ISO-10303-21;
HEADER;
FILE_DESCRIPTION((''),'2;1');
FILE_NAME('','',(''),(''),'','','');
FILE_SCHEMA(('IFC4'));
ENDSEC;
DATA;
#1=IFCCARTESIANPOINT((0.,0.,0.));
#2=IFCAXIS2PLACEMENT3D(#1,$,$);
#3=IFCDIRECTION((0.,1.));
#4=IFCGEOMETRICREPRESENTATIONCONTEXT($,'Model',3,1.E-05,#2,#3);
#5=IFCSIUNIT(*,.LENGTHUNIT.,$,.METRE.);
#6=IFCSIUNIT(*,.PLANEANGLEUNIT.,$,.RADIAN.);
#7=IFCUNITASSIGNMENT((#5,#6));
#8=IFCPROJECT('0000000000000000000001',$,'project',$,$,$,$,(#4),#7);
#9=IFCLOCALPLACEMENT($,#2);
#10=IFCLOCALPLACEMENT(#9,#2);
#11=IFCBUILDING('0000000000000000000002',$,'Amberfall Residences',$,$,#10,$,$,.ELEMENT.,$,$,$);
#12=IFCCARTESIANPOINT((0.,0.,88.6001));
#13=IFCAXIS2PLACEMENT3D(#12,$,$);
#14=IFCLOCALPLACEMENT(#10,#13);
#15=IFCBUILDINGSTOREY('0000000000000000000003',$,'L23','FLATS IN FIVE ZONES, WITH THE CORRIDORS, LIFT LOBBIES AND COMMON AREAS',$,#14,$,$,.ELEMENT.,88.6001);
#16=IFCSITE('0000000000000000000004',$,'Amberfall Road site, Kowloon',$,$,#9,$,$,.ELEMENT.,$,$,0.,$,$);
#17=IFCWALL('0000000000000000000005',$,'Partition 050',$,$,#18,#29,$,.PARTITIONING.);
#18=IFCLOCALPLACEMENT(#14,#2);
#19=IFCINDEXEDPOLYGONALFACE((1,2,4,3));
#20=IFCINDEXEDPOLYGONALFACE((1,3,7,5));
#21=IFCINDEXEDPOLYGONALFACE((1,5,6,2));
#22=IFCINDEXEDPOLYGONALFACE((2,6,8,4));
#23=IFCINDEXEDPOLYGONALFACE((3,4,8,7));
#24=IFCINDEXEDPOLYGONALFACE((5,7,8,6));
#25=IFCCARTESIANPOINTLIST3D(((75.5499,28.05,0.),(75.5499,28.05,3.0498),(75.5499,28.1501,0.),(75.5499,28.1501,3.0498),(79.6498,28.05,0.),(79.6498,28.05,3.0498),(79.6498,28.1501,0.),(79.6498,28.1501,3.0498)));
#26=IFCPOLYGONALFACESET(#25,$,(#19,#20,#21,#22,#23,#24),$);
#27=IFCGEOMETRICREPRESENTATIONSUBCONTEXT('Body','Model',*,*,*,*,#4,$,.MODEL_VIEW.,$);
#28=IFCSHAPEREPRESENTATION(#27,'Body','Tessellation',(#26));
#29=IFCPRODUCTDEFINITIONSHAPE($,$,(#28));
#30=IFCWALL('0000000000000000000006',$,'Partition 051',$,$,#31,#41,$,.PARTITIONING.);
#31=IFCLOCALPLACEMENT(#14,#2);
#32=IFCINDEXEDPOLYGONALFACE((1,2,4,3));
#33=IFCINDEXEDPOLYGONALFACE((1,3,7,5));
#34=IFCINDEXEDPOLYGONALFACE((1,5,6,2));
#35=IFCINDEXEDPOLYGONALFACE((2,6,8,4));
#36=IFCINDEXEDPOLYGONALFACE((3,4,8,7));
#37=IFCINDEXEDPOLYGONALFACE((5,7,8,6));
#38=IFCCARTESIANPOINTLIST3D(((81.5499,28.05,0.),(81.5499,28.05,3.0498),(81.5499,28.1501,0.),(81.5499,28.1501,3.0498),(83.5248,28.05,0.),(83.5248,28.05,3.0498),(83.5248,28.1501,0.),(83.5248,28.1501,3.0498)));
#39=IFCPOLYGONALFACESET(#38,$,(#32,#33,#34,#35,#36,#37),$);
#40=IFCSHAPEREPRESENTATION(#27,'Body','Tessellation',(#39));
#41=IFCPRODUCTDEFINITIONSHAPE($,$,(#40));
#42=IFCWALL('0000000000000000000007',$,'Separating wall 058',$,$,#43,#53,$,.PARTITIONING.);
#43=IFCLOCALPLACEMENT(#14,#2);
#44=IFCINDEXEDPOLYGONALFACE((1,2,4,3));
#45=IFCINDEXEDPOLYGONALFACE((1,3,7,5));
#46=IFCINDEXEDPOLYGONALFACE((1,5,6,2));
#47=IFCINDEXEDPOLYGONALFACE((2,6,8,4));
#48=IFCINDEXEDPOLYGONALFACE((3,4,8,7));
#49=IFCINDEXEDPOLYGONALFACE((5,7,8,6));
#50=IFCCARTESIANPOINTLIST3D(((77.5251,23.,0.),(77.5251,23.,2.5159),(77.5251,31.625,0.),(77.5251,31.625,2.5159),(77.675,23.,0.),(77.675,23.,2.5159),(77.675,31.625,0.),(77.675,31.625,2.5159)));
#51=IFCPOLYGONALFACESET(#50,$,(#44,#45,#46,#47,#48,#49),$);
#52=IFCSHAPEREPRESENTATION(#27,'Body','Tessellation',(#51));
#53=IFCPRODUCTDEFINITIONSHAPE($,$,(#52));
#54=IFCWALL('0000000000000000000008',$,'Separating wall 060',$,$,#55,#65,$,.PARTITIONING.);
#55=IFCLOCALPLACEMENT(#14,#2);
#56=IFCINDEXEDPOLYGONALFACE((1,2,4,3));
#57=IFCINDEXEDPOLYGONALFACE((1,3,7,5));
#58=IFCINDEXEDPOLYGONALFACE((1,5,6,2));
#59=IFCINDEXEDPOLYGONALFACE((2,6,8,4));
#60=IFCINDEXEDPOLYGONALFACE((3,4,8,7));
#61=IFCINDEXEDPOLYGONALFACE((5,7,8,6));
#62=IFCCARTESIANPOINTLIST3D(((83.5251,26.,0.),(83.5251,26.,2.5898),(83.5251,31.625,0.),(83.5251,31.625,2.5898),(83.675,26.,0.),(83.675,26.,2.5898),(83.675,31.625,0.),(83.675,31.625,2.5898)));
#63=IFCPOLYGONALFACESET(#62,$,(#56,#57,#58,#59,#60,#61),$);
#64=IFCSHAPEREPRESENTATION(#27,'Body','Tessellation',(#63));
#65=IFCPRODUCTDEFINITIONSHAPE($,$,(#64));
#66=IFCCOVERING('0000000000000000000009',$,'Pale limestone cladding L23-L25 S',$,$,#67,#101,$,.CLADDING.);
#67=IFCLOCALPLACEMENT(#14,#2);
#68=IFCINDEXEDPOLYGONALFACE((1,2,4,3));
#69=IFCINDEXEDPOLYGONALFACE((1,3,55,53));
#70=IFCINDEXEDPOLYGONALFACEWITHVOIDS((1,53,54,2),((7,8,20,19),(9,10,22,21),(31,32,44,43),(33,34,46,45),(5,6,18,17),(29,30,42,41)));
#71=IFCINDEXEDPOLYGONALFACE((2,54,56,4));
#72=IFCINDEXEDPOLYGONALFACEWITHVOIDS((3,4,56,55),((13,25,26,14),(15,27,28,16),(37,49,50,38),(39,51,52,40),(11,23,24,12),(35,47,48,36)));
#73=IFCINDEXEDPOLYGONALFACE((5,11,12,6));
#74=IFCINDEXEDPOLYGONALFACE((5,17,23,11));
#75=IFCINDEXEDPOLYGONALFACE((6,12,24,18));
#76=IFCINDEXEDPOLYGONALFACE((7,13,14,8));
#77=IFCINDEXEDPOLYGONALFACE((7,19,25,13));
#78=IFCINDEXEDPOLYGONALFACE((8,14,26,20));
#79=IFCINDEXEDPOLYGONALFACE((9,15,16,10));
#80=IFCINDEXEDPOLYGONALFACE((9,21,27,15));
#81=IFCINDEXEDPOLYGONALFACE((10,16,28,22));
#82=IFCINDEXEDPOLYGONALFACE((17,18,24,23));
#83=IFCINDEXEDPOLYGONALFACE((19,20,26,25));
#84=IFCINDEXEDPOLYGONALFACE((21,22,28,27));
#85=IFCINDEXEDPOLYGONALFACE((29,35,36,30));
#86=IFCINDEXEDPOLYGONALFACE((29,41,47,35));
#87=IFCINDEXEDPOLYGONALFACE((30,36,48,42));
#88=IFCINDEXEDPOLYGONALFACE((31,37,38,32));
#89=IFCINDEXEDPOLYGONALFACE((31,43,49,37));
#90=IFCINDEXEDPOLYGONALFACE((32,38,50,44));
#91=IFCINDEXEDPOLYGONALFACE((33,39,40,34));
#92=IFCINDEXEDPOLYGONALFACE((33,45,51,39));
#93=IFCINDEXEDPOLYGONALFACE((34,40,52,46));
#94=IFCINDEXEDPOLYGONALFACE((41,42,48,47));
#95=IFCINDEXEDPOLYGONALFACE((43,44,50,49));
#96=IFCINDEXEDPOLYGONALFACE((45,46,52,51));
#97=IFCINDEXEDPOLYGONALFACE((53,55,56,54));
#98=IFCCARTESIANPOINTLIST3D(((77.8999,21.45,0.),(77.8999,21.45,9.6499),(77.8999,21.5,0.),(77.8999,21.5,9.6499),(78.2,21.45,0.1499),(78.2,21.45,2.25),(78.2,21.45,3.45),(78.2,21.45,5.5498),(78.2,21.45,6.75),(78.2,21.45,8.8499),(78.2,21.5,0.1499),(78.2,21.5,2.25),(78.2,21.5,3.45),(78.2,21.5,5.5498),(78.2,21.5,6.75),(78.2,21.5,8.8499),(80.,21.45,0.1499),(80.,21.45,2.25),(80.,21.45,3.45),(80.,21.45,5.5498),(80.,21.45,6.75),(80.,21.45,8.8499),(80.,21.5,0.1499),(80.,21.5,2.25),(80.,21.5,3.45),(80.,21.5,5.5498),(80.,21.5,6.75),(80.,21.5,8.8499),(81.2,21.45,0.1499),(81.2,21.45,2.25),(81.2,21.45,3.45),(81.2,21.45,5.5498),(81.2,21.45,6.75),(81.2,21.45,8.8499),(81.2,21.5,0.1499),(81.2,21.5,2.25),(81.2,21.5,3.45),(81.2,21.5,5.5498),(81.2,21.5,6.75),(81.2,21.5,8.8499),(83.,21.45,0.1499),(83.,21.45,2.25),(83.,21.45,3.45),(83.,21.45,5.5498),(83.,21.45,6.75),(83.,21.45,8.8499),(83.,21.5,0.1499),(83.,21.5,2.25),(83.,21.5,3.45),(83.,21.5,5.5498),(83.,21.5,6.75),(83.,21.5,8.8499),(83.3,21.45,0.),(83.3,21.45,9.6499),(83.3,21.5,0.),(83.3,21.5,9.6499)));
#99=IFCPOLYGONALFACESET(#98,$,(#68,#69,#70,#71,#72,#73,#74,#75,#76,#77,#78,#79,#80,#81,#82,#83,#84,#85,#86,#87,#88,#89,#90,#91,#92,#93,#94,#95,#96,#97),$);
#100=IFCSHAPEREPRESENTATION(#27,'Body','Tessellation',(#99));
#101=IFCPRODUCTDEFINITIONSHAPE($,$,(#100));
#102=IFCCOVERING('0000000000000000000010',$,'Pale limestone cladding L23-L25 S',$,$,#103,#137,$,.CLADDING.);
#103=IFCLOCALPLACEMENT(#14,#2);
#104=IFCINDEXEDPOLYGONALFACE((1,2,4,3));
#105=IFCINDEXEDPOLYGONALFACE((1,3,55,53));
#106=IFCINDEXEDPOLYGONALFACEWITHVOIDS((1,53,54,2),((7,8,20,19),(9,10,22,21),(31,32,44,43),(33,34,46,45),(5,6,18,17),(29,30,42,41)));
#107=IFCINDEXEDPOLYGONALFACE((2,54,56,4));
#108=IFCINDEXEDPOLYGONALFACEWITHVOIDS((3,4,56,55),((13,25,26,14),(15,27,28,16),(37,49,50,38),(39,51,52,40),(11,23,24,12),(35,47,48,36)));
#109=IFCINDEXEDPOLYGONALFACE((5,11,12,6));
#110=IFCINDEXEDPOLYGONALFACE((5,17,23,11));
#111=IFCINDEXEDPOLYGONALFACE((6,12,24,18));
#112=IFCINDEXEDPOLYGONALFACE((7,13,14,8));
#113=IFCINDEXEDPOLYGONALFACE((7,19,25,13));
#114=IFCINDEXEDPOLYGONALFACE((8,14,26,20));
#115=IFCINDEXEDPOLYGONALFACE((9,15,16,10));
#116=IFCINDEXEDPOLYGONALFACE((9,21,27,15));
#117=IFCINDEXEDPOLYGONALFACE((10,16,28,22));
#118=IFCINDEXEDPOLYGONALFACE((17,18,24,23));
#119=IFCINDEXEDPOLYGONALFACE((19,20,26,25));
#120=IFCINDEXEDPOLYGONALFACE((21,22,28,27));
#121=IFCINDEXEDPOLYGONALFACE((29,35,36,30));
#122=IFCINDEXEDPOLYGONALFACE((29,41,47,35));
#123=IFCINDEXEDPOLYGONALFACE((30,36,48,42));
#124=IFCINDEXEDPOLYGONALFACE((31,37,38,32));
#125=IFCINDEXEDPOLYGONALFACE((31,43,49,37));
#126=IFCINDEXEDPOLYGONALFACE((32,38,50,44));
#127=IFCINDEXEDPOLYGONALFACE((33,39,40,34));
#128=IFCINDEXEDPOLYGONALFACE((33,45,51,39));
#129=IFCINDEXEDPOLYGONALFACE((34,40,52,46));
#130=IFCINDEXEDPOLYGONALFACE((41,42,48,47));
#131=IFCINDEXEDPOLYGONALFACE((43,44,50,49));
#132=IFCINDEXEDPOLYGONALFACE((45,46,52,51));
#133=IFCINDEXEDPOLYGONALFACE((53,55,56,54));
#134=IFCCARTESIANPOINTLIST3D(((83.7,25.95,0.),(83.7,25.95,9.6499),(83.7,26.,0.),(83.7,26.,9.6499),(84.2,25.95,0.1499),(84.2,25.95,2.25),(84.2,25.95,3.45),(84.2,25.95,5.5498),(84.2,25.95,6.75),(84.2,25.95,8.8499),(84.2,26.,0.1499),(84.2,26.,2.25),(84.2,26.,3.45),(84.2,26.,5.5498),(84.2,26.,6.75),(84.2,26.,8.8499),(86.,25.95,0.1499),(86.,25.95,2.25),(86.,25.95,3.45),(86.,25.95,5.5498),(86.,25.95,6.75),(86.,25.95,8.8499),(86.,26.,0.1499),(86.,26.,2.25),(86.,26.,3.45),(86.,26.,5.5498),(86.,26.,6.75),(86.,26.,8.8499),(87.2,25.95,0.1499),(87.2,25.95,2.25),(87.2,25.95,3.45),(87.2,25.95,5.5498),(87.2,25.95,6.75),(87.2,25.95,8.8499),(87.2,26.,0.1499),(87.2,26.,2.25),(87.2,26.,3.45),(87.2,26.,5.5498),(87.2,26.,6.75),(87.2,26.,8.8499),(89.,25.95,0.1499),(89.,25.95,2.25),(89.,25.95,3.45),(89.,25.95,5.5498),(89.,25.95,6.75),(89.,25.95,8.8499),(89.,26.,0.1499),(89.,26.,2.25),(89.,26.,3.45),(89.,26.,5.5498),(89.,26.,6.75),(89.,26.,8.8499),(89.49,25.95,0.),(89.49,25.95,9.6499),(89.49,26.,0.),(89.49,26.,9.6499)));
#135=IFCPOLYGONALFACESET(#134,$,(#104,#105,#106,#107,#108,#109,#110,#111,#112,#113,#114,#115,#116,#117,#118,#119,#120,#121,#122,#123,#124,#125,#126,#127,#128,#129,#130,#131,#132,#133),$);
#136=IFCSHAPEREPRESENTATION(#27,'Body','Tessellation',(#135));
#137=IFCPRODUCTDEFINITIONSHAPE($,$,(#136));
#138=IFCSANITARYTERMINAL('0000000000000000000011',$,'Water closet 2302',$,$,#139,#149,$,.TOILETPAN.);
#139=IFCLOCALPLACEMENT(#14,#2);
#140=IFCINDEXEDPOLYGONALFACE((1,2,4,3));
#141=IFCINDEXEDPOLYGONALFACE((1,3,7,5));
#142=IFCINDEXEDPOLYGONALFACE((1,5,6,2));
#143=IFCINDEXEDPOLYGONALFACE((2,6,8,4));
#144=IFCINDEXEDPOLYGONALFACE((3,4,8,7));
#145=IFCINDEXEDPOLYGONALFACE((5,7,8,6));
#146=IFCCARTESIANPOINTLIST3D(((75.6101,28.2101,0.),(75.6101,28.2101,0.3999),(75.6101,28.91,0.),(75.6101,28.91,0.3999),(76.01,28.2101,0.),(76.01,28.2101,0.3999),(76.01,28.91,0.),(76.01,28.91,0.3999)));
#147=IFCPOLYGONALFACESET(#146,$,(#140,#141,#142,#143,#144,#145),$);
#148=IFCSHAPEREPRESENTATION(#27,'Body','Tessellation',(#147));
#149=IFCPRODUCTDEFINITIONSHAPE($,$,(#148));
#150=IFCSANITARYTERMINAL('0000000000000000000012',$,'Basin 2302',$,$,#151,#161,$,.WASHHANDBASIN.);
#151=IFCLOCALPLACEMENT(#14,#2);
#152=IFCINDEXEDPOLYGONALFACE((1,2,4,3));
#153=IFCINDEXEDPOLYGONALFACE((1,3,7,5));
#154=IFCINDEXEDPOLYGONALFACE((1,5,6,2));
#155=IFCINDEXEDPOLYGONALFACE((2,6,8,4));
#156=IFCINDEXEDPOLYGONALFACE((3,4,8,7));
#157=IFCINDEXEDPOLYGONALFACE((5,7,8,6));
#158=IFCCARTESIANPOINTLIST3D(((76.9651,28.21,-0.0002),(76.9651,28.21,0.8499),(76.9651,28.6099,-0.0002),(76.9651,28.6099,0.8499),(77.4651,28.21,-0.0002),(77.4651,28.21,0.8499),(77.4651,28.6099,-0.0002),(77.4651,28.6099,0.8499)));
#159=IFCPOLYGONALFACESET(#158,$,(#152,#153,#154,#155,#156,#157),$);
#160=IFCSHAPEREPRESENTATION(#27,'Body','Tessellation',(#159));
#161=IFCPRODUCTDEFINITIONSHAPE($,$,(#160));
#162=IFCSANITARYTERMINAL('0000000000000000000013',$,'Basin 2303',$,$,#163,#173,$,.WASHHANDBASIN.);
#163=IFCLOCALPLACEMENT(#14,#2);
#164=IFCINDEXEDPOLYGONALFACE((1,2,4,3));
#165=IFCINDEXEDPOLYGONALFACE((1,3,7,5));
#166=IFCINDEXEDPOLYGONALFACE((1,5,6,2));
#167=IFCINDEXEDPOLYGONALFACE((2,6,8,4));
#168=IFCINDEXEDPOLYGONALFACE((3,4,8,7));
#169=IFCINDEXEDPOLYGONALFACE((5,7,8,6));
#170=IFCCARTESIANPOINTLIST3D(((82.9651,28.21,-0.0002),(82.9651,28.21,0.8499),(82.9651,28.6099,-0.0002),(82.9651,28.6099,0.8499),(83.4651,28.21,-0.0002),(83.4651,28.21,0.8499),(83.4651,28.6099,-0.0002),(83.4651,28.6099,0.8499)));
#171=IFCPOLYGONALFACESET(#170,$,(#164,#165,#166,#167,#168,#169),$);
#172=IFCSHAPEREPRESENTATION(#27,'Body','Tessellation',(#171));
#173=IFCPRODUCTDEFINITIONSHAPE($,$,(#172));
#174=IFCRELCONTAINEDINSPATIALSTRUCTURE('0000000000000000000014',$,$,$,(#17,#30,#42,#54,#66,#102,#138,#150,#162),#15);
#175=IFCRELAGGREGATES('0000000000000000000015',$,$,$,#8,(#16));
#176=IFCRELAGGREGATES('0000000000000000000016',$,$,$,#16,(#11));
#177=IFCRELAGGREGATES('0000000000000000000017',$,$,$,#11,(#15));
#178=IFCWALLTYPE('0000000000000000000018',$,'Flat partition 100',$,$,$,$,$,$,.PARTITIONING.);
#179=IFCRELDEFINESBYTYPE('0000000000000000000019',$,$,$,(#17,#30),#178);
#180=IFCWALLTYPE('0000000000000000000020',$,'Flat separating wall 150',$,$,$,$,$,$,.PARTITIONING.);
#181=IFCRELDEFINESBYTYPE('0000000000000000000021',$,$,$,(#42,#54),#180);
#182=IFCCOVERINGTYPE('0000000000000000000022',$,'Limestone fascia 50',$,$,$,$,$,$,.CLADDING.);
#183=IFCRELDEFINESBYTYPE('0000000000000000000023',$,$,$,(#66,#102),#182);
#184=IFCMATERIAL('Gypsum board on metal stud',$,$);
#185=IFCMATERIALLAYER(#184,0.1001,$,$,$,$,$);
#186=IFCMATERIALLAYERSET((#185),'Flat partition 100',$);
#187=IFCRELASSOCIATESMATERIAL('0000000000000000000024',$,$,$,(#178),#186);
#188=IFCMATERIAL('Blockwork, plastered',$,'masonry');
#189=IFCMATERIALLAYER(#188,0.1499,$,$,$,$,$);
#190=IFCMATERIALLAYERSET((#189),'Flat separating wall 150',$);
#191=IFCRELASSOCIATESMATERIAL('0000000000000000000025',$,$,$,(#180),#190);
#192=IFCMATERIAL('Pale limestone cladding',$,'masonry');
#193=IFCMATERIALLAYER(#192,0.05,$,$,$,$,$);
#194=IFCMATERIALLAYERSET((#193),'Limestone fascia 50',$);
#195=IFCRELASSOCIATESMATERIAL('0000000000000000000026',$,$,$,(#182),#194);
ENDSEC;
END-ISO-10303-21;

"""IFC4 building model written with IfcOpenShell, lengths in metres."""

from ifc_helpers import new_model, si_unit, direction, frame, frame_2d, origin, origin_2d, place, context, subcontext, project, spatial, polyline, rectangle, outline, extrude, material, layer, layer_set, type_object, element, save


model = new_model("IFC4")

# Units and contexts
model_context = context("Model", 3, precision=1e-05, world=origin(), true_north=direction((0.0, 1.0)))
body_context = subcontext(model_context, "Body", "Model", "MODEL_VIEW")
ifc_project = project(units=[si_unit("LENGTHUNIT", "METRE"), si_unit("PLANEANGLEUNIT", "RADIAN")], contexts=[model_context])

# Site, building, storey
site_placement = place(None, origin())
site = spatial("IfcSite", under=ifc_project, at=site_placement, Name="Amberfall Road site, Kowloon", CompositionType="ELEMENT", RefElevation=0.0)
building_placement = place(site_placement, origin())
building = spatial("IfcBuilding", under=site, at=building_placement, Name="Amberfall Residences", CompositionType="ELEMENT")
storey_placement = place(building_placement, frame((0.0, 0.0, 88.6001)))
storey = spatial("IfcBuildingStorey", under=building, at=storey_placement, Name="L23", Description="FLATS IN FIVE ZONES, WITH THE CORRIDORS, LIFT LOBBIES AND COMMON AREAS", CompositionType="ELEMENT", Elevation=88.6001)

# Shared definitions
ifc_material_1 = material(Name="Gypsum board on metal stud")
ifc_layer_1 = layer(ifc_material_1, 0.1001)
ifc_layer_set_1 = layer_set([ifc_layer_1], Name="Flat partition 100")
wall_type_1 = type_object("IfcWallType", Name="Flat partition 100", PredefinedType="PARTITIONING", material=ifc_layer_set_1)

# Walls
wall_1_placement = place(storey_placement, frame((75.55, 28.1001, 0.0), z_axis=(0.0, 0.0, 1.0), x_axis=(1.0, 0.0, 0.0)))
element("IfcWall", 1, at=wall_1_placement, inside=storey, type_object=wall_type_1, Name="Partition 050", PredefinedType="PARTITIONING", context=body_context, shape_type="SweptSolid", body=[
    extrude(rectangle(XDim=4.0999, YDim=0.1001, at=frame_2d((2.0498, 0.0))), origin(), (0.0, 0.0, 1.0), 3.0498),
])
wall_2_placement = place(storey_placement, frame((81.55, 28.1001, 0.0), z_axis=(0.0, 0.0, 1.0), x_axis=(1.0, 0.0, 0.0)))
element("IfcWall", 2, at=wall_2_placement, inside=storey, type_object=wall_type_1, Name="Partition 051", PredefinedType="PARTITIONING", context=body_context, shape_type="SweptSolid", body=[
    extrude(rectangle(XDim=1.9749, YDim=0.1001, at=frame_2d((0.9873, 0.0))), origin(), (0.0, 0.0, 1.0), 3.0498),
])
ifc_material_2 = material(Name="Blockwork, plastered", Category="masonry")
ifc_layer_2 = layer(ifc_material_2, 0.1499)
ifc_layer_set_2 = layer_set([ifc_layer_2], Name="Flat separating wall 150")
wall_type_2 = type_object("IfcWallType", Name="Flat separating wall 150", PredefinedType="PARTITIONING", material=ifc_layer_set_2)
wall_3_placement = place(storey_placement, frame((77.6001, 23.0, 0.0), z_axis=(0.0, 0.0, 1.0), x_axis=(0.0, 1.0, 0.0)))
element("IfcWall", 3, at=wall_3_placement, inside=storey, type_object=wall_type_2, Name="Separating wall 058", PredefinedType="PARTITIONING", context=body_context, shape_type="SweptSolid", body=[
    extrude(rectangle(XDim=8.625, YDim=0.1499, at=frame_2d((4.3125, 0.0))), origin(), (0.0, 0.0, 1.0), 2.5159),
])
wall_4_placement = place(storey_placement, frame((83.6001, 26.0, 0.0), z_axis=(0.0, 0.0, 1.0), x_axis=(0.0, 1.0, 0.0)))
element("IfcWall", 4, at=wall_4_placement, inside=storey, type_object=wall_type_2, Name="Separating wall 060", PredefinedType="PARTITIONING", context=body_context, shape_type="SweptSolid", body=[
    extrude(rectangle(XDim=5.625, YDim=0.1499, at=frame_2d((2.8125, 0.0))), origin(), (0.0, 0.0, 1.0), 2.5898),
])

# Coverings
ifc_material_3 = material(Name="Pale limestone cladding", Category="masonry")
ifc_layer_3 = layer(ifc_material_3, 0.05)
ifc_layer_set_3 = layer_set([ifc_layer_3], Name="Limestone fascia 50")
covering_type = type_object("IfcCoveringType", Name="Limestone fascia 50", PredefinedType="CLADDING", material=ifc_layer_set_3)
covering_1_placement = place(storey_placement, frame((77.8999, 21.5, 9.6499), z_axis=(0.0, 1.0, 0.0), x_axis=(1.0, 0.0, 0.0)))
element("IfcCovering", 5, at=covering_1_placement, inside=storey, type_object=covering_type, Name="Pale limestone cladding L23-L25 S", PredefinedType="CLADDING", context=body_context, shape_type="SweptSolid", body=[
    extrude(outline(polyline([(0.0, 0.0), (5.4001, 0.0), (5.4001, 9.6499), (0.0, 9.6499), (0.0, 0.0)]), holes=[polyline([(0.3, 7.3999), (2.1001, 7.3999), (2.1001, 9.5), (0.3, 9.5), (0.3, 7.3999)]), polyline([(3.3, 7.3999), (5.1001, 7.3999), (5.1001, 9.5), (3.3, 9.5), (3.3, 7.3999)]), polyline([(0.3, 4.1001), (2.1001, 4.1001), (2.1001, 6.2), (0.3, 6.2), (0.3, 4.1001)]), polyline([(3.3, 4.1001), (5.1001, 4.1001), (5.1001, 6.2), (3.3, 6.2), (3.3, 4.1001)]), polyline([(0.3, 0.8), (2.1001, 0.8), (2.1001, 2.8999), (0.3, 2.8999), (0.3, 0.8)]), polyline([(3.3, 0.8), (5.1001, 0.8), (5.1001, 2.8999), (3.3, 2.8999), (3.3, 0.8)])]), origin(), (0.0, 0.0, -1.0), 0.05),
])
covering_2_placement = place(storey_placement, frame((83.7, 26.0, 9.6499), z_axis=(0.0, 1.0, 0.0), x_axis=(1.0, 0.0, 0.0)))
element("IfcCovering", 6, at=covering_2_placement, inside=storey, type_object=covering_type, Name="Pale limestone cladding L23-L25 S", PredefinedType="CLADDING", context=body_context, shape_type="SweptSolid", body=[
    extrude(outline(polyline([(0.0, 0.0), (5.79, 0.0), (5.79, 9.6499), (0.0, 9.6499), (0.0, 0.0)]), holes=[polyline([(0.5, 7.3999), (2.3, 7.3999), (2.3, 9.5), (0.5, 9.5), (0.5, 7.3999)]), polyline([(3.5, 7.3999), (5.3, 7.3999), (5.3, 9.5), (3.5, 9.5), (3.5, 7.3999)]), polyline([(0.5, 4.1001), (2.3, 4.1001), (2.3, 6.2), (0.5, 6.2), (0.5, 4.1001)]), polyline([(3.5, 4.1001), (5.3, 4.1001), (5.3, 6.2), (3.5, 6.2), (3.5, 4.1001)]), polyline([(0.5, 0.8), (2.3, 0.8), (2.3, 2.8999), (0.5, 2.8999), (0.5, 0.8)]), polyline([(3.5, 0.8), (5.3, 0.8), (5.3, 2.8999), (3.5, 2.8999), (3.5, 0.8)])]), origin(), (0.0, 0.0, -1.0), 0.05),
])

# Sanitary terminals
sanitary_terminal_placement = place(storey_placement, frame((75.8101, 28.5601, 0.0), z_axis=(0.0, 0.0, 1.0), x_axis=(1.0, 0.0, 0.0)))
element("IfcSanitaryTerminal", 7, at=sanitary_terminal_placement, inside=storey, Name="Water closet 2302", PredefinedType="TOILETPAN", context=body_context, shape_type="SweptSolid", body=[
    extrude(rectangle(XDim=0.3999, YDim=0.7, at=origin_2d()), origin(), (0.0, 0.0, 1.0), 0.3999),
])
for number, where, z_axis, x_axis, name in (
    (8, (77.2151, 28.4099, -0.0002), (0.0, 0.0, 1.0), (1.0, 0.0, 0.0), "Basin 2302"),
    (9, (83.2151, 28.4099, -0.0002), (0.0, 0.0, 1.0), (1.0, 0.0, 0.0), "Basin 2303"),
):
    element("IfcSanitaryTerminal", number, at=place(storey_placement, frame(where, z_axis=z_axis, x_axis=x_axis)), inside=storey, Name=name, PredefinedType="WASHHANDBASIN", context=body_context, shape_type="SweptSolid", body=[
        extrude(rectangle(XDim=0.5, YDim=0.3999, at=origin_2d()), origin(), (0.0, 0.0, 1.0), 0.8501),
    ])

save(model, "model.ifc")
